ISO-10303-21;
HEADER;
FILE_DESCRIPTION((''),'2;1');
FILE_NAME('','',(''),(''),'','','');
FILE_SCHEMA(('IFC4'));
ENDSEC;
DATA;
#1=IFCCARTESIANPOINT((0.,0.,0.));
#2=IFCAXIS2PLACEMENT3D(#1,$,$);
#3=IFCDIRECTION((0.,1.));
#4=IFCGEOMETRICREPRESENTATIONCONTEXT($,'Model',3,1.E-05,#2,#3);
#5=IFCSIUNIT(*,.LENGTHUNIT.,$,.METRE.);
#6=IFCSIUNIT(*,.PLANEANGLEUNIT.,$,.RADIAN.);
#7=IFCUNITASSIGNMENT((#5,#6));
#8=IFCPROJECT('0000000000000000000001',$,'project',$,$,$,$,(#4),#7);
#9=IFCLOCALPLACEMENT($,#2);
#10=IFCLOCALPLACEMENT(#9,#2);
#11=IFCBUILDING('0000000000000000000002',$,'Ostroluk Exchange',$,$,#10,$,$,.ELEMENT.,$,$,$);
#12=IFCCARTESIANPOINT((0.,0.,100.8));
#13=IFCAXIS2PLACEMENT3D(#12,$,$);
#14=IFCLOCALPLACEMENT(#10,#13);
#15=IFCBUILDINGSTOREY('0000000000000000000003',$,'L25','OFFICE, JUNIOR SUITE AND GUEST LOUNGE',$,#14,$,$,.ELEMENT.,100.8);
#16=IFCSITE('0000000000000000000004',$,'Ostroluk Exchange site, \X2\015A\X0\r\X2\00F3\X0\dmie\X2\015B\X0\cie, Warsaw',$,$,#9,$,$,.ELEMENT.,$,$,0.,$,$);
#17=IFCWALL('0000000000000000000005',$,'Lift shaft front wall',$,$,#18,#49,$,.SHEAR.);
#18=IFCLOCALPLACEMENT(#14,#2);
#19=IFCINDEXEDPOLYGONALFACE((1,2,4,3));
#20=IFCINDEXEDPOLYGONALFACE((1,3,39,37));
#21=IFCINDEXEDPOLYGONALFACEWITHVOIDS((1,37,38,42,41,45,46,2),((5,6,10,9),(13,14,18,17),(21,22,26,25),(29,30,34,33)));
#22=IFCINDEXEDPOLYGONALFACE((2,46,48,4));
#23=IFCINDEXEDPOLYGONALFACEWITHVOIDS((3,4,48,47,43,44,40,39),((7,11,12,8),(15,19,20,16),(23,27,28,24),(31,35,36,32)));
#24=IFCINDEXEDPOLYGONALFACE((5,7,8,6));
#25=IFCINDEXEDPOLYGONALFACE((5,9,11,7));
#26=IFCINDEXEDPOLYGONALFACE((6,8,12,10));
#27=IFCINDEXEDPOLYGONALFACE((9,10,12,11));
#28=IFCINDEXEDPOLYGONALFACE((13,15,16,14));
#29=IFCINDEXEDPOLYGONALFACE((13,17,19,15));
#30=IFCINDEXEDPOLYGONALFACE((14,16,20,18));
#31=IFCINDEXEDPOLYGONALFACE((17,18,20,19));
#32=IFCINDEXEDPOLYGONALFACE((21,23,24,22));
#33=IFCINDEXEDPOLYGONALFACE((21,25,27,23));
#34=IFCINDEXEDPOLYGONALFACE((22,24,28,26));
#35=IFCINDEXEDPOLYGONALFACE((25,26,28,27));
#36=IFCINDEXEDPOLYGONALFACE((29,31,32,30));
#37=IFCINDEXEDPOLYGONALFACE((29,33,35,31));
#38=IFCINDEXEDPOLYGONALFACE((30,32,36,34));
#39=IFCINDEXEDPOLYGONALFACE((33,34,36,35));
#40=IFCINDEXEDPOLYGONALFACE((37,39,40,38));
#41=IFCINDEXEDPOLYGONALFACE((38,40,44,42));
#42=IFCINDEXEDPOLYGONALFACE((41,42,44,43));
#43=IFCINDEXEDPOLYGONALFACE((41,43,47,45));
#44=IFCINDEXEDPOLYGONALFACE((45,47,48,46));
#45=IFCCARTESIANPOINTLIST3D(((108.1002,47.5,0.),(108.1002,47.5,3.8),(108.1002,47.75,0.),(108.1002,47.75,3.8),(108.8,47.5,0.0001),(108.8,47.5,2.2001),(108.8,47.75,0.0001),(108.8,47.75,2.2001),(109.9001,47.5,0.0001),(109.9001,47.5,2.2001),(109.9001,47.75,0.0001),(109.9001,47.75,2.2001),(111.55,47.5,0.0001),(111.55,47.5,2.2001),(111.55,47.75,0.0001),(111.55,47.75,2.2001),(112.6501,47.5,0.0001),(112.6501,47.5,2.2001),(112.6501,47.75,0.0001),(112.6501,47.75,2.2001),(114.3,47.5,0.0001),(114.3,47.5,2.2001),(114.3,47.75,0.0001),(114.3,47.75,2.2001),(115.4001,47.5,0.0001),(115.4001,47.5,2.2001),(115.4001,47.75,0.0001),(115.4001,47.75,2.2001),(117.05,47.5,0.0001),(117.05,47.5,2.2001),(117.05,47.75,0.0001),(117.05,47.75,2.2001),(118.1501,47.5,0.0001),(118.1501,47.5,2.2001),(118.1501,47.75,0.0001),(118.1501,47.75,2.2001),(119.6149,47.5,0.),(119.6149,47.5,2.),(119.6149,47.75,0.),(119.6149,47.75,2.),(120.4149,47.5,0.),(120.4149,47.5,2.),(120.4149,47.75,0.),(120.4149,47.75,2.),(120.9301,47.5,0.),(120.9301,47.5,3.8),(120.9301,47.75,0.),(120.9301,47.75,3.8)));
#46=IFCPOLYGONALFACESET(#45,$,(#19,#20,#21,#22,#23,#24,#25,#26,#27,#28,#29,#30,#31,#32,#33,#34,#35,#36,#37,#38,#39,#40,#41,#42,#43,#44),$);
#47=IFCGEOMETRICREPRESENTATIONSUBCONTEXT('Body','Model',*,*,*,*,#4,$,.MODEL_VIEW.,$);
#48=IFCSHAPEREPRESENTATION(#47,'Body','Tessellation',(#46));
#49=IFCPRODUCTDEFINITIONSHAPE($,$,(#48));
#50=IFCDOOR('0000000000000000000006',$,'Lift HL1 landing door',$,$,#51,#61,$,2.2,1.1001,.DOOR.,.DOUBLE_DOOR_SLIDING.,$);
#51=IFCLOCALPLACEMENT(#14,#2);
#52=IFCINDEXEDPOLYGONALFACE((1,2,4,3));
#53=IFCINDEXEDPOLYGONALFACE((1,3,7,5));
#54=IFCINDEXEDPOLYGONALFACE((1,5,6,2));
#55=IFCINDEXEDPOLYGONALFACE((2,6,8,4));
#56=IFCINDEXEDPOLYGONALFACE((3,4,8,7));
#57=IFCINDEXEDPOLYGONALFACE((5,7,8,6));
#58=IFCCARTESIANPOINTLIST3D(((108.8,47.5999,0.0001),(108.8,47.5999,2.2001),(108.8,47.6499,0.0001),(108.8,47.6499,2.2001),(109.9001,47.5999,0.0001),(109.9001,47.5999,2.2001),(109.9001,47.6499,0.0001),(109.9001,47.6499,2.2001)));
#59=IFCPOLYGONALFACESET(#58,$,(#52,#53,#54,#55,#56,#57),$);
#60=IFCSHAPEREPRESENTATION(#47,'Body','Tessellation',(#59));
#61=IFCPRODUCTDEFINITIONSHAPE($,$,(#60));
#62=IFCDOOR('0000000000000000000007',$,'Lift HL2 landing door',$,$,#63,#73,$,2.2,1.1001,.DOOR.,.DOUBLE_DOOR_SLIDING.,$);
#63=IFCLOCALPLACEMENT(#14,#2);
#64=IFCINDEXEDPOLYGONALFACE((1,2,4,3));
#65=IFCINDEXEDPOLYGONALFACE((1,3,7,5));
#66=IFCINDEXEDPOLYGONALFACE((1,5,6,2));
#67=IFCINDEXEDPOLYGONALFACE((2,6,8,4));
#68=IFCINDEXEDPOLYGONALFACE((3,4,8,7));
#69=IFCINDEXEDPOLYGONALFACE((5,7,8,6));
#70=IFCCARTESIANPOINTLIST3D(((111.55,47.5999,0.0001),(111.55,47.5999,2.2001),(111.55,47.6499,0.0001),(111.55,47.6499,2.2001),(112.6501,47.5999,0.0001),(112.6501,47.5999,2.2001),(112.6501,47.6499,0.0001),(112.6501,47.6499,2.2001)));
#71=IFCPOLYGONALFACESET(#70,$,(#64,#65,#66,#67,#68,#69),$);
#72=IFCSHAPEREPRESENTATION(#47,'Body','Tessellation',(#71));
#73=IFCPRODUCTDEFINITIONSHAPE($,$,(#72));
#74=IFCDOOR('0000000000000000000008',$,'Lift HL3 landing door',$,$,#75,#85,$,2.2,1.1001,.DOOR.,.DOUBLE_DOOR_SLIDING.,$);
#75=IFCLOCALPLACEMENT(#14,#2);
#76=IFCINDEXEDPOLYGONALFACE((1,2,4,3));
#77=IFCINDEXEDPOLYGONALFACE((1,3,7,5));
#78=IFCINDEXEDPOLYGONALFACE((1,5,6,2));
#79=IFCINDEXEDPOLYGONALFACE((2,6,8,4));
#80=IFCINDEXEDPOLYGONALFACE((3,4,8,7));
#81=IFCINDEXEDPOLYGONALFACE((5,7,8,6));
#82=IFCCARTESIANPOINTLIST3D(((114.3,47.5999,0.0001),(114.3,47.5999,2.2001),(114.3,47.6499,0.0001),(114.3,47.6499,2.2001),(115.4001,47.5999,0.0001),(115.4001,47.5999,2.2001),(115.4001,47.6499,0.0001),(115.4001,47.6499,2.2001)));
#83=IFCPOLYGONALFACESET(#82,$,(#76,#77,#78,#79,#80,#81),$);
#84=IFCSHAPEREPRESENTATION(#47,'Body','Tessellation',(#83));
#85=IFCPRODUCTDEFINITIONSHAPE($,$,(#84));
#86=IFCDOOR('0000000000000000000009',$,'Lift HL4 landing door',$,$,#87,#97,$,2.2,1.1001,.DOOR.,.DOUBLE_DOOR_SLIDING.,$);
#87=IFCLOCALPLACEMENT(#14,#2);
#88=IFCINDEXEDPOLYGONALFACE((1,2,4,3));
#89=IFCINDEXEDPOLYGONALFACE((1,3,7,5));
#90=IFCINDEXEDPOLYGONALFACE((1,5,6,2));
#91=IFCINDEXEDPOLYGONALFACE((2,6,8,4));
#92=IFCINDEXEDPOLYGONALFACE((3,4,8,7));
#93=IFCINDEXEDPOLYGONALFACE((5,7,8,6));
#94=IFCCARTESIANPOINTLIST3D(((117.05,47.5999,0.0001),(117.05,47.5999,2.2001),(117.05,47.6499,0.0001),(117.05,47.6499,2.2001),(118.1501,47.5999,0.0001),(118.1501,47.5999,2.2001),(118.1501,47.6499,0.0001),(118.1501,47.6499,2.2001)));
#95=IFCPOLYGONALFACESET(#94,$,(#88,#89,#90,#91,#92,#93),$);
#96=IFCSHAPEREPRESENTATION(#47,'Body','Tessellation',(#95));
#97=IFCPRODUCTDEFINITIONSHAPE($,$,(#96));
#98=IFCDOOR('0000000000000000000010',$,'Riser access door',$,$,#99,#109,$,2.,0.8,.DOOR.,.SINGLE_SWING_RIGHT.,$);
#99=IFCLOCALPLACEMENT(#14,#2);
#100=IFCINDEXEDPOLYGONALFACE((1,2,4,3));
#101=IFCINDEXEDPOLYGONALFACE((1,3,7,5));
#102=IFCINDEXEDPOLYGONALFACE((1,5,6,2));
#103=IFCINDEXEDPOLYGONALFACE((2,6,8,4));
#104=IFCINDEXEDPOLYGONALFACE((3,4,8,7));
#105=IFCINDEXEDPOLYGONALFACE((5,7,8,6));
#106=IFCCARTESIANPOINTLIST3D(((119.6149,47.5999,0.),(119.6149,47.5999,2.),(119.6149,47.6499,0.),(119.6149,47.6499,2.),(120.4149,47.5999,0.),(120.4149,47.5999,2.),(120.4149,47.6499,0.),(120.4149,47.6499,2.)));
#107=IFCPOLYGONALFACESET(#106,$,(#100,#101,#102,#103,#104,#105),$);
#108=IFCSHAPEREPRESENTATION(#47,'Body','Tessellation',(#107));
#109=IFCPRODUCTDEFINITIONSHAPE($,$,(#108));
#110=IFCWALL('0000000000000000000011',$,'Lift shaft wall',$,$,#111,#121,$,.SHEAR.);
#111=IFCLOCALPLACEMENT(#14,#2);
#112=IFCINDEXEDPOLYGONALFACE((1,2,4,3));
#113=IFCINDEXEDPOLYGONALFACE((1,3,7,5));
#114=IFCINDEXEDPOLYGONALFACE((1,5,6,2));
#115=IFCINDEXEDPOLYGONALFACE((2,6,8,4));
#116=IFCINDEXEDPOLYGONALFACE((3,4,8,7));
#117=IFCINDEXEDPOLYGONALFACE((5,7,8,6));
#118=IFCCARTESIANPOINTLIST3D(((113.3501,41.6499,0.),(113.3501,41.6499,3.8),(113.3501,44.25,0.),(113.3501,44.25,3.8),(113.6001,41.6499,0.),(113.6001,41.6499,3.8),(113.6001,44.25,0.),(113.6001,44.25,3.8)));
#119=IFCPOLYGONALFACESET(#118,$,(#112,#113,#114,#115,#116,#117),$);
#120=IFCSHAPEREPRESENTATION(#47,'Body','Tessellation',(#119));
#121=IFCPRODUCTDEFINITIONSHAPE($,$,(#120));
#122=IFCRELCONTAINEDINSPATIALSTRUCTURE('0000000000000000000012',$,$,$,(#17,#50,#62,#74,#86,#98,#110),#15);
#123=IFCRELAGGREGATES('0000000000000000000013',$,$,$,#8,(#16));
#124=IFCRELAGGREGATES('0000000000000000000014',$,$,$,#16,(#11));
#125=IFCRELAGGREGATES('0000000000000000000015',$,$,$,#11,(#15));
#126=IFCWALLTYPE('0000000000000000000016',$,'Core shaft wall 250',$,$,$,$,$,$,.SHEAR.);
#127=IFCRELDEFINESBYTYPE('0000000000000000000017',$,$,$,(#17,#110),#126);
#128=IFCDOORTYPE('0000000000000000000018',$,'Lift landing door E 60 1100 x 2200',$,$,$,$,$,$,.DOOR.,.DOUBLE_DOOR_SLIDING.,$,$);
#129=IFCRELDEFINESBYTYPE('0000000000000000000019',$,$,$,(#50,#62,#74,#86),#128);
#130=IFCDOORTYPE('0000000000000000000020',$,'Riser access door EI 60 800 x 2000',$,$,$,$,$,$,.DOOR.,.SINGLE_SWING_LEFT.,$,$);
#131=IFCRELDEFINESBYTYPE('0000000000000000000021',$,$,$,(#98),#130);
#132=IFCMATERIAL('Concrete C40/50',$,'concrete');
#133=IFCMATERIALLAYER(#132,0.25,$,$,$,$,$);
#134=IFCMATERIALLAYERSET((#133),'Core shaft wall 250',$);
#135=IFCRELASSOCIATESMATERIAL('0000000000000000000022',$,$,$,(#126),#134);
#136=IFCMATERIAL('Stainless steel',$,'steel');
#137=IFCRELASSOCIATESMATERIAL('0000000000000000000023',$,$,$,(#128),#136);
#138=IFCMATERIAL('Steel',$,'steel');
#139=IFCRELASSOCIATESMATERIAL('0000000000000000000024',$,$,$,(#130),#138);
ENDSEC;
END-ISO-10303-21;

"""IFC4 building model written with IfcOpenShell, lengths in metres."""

from ifc_helpers import new_model, si_unit, direction, frame, frame_2d, origin, place, context, subcontext, project, spatial, rectangle, extrude, material, layer, layer_set, type_object, element, fill, save


model = new_model("IFC4")

# Units and contexts
model_context = context("Model", 3, precision=1e-05, world=origin(), true_north=direction((0.0, 1.0)))
body_context = subcontext(model_context, "Body", "Model", "MODEL_VIEW")
ifc_project = project(units=[si_unit("LENGTHUNIT", "METRE"), si_unit("PLANEANGLEUNIT", "RADIAN")], contexts=[model_context])

# Site, building, storey
site_placement = place(None, origin())
site = spatial("IfcSite", under=ifc_project, at=site_placement, Name="Ostroluk Exchange site, Śródmieście, Warsaw", CompositionType="ELEMENT", RefElevation=0.0)
building_placement = place(site_placement, origin())
building = spatial("IfcBuilding", under=site, at=building_placement, Name="Ostroluk Exchange", CompositionType="ELEMENT")
storey_placement = place(building_placement, frame((0.0, 0.0, 100.8)))
storey = spatial("IfcBuildingStorey", under=building, at=storey_placement, Name="L25", Description="OFFICE, JUNIOR SUITE AND GUEST LOUNGE", CompositionType="ELEMENT", Elevation=100.8)

# Shared definitions
ifc_material_1 = material(Name="Concrete C40/50", Category="concrete")
ifc_layer_1 = layer(ifc_material_1, 0.25)
ifc_layer_set_1 = layer_set([ifc_layer_1], Name="Core shaft wall 250")
wall_type_1 = type_object("IfcWallType", Name="Core shaft wall 250", PredefinedType="SHEAR", material=ifc_layer_set_1)

# Wall, openings, doors
wall_1_placement = place(storey_placement, frame((108.1001, 47.625, 0.0), z_axis=(0.0, 0.0, 1.0), x_axis=(1.0, 0.0, 0.0)))
wall_1 = element("IfcWall", 1, at=wall_1_placement, inside=storey, type_object=wall_type_1, Name="Lift shaft front wall", PredefinedType="SHEAR", context=body_context, shape_type="SweptSolid", body=[
    extrude(rectangle(XDim=12.8298, YDim=0.25, at=frame_2d((6.415, 0.0))), origin(), (0.0, 0.0, 1.0), 3.8),
])
opening_1_placement = place(wall_1_placement, frame((0.7, 0.0, 0.0)))
opening_1 = element("IfcOpeningElement", 2, at=opening_1_placement, cuts=wall_1, PredefinedType="OPENING", context=body_context, shape_type="SweptSolid", body=[
    extrude(rectangle(XDim=1.1001, YDim=2.2, at=frame_2d((0.55, 1.1001))), frame((0.0, 0.135, 0.0), z_axis=(0.0, -1.0, 0.0), x_axis=(1.0, 0.0, 0.0)), (0.0, 0.0, 1.0), 0.27),
])
opening_2_placement = place(wall_1_placement, frame((3.45, 0.0, 0.0)))
opening_2 = element("IfcOpeningElement", 3, at=opening_2_placement, cuts=wall_1, PredefinedType="OPENING", context=body_context, shape_type="SweptSolid", body=[
    extrude(rectangle(XDim=1.1001, YDim=2.2, at=frame_2d((0.55, 1.1001))), frame((0.0, 0.135, 0.0), z_axis=(0.0, -1.0, 0.0), x_axis=(1.0, 0.0, 0.0)), (0.0, 0.0, 1.0), 0.27),
])
opening_3_placement = place(wall_1_placement, frame((6.2, 0.0, 0.0)))
opening_3 = element("IfcOpeningElement", 4, at=opening_3_placement, cuts=wall_1, PredefinedType="OPENING", context=body_context, shape_type="SweptSolid", body=[
    extrude(rectangle(XDim=1.1001, YDim=2.2, at=frame_2d((0.55, 1.1001))), frame((0.0, 0.135, 0.0), z_axis=(0.0, -1.0, 0.0), x_axis=(1.0, 0.0, 0.0)), (0.0, 0.0, 1.0), 0.27),
])
opening_4_placement = place(wall_1_placement, frame((8.95, 0.0, 0.0)))
opening_4 = element("IfcOpeningElement", 5, at=opening_4_placement, cuts=wall_1, PredefinedType="OPENING", context=body_context, shape_type="SweptSolid", body=[
    extrude(rectangle(XDim=1.1001, YDim=2.2, at=frame_2d((0.55, 1.1001))), frame((0.0, 0.135, 0.0), z_axis=(0.0, -1.0, 0.0), x_axis=(1.0, 0.0, 0.0)), (0.0, 0.0, 1.0), 0.27),
])
opening_5_placement = place(wall_1_placement, frame((11.5149, 0.0, 0.0)))
opening_5 = element("IfcOpeningElement", 6, at=opening_5_placement, cuts=wall_1, PredefinedType="OPENING", context=body_context, shape_type="SweptSolid", body=[
    extrude(rectangle(XDim=0.8, YDim=2.0, at=frame_2d((0.3999, 1.0))), frame((0.0, 0.135, 0.0), z_axis=(0.0, -1.0, 0.0), x_axis=(1.0, 0.0, 0.0)), (0.0, 0.0, 1.0), 0.27),
])
ifc_material_2 = material(Name="Stainless steel", Category="steel")
door_type_1 = type_object("IfcDoorType", Name="Lift landing door E 60 1100 x 2200", OperationType="DOUBLE_DOOR_SLIDING", PredefinedType="DOOR", material=ifc_material_2)
door_1_placement = place(opening_1_placement, origin())
door_1 = element("IfcDoor", 7, at=door_1_placement, inside=storey, type_object=door_type_1, Name="Lift HL1 landing door", OperationType="DOUBLE_DOOR_SLIDING", OverallHeight=2.2, OverallWidth=1.1001, PredefinedType="DOOR", context=body_context, shape_type="SweptSolid", body=[
    extrude(rectangle(XDim=1.1001, YDim=2.2, at=frame_2d((0.55, 1.1001))), frame((0.0, 0.0249, 0.0), z_axis=(0.0, -1.0, 0.0), x_axis=(1.0, 0.0, 0.0)), (0.0, 0.0, 1.0), 0.05),
])
fill(opening_1, door_1)
door_2_placement = place(opening_2_placement, origin())
door_2 = element("IfcDoor", 8, at=door_2_placement, inside=storey, type_object=door_type_1, Name="Lift HL2 landing door", OperationType="DOUBLE_DOOR_SLIDING", OverallHeight=2.2, OverallWidth=1.1001, PredefinedType="DOOR", context=body_context, shape_type="SweptSolid", body=[
    extrude(rectangle(XDim=1.1001, YDim=2.2, at=frame_2d((0.55, 1.1001))), frame((0.0, 0.0249, 0.0), z_axis=(0.0, -1.0, 0.0), x_axis=(1.0, 0.0, 0.0)), (0.0, 0.0, 1.0), 0.05),
])
fill(opening_2, door_2)
door_3_placement = place(opening_3_placement, origin())
door_3 = element("IfcDoor", 9, at=door_3_placement, inside=storey, type_object=door_type_1, Name="Lift HL3 landing door", OperationType="DOUBLE_DOOR_SLIDING", OverallHeight=2.2, OverallWidth=1.1001, PredefinedType="DOOR", context=body_context, shape_type="SweptSolid", body=[
    extrude(rectangle(XDim=1.1001, YDim=2.2, at=frame_2d((0.55, 1.1001))), frame((0.0, 0.0249, 0.0), z_axis=(0.0, -1.0, 0.0), x_axis=(1.0, 0.0, 0.0)), (0.0, 0.0, 1.0), 0.05),
])
fill(opening_3, door_3)
door_4_placement = place(opening_4_placement, origin())
door_4 = element("IfcDoor", 10, at=door_4_placement, inside=storey, type_object=door_type_1, Name="Lift HL4 landing door", OperationType="DOUBLE_DOOR_SLIDING", OverallHeight=2.2, OverallWidth=1.1001, PredefinedType="DOOR", context=body_context, shape_type="SweptSolid", body=[
    extrude(rectangle(XDim=1.1001, YDim=2.2, at=frame_2d((0.55, 1.1001))), frame((0.0, 0.0249, 0.0), z_axis=(0.0, -1.0, 0.0), x_axis=(1.0, 0.0, 0.0)), (0.0, 0.0, 1.0), 0.05),
])
fill(opening_4, door_4)
ifc_material_3 = material(Name="Steel", Category="steel")
door_type_2 = type_object("IfcDoorType", Name="Riser access door EI 60 800 x 2000", OperationType="SINGLE_SWING_LEFT", PredefinedType="DOOR", material=ifc_material_3)
door_5_placement = place(opening_5_placement, origin())
door_5 = element("IfcDoor", 11, at=door_5_placement, inside=storey, type_object=door_type_2, Name="Riser access door", OperationType="SINGLE_SWING_RIGHT", OverallHeight=2.0, OverallWidth=0.8, PredefinedType="DOOR", context=body_context, shape_type="SweptSolid", body=[
    extrude(rectangle(XDim=0.8, YDim=2.0, at=frame_2d((0.3999, 1.0))), frame((0.0, 0.0249, 0.0), z_axis=(0.0, -1.0, 0.0), x_axis=(1.0, 0.0, 0.0)), (0.0, 0.0, 1.0), 0.05),
])
fill(opening_5, door_5)

# Wall
wall_2_placement = place(storey_placement, frame((113.4751, 44.25, 0.0), z_axis=(0.0, 0.0, 1.0), x_axis=(0.0, -1.0, 0.0)))
element("IfcWall", 12, at=wall_2_placement, inside=storey, type_object=wall_type_1, Name="Lift shaft wall", PredefinedType="SHEAR", context=body_context, shape_type="SweptSolid", body=[
    extrude(rectangle(XDim=2.6001, YDim=0.25, at=frame_2d((1.3, 0.0))), origin(), (0.0, 0.0, 1.0), 3.8),
])

save(model, "model.ifc")
